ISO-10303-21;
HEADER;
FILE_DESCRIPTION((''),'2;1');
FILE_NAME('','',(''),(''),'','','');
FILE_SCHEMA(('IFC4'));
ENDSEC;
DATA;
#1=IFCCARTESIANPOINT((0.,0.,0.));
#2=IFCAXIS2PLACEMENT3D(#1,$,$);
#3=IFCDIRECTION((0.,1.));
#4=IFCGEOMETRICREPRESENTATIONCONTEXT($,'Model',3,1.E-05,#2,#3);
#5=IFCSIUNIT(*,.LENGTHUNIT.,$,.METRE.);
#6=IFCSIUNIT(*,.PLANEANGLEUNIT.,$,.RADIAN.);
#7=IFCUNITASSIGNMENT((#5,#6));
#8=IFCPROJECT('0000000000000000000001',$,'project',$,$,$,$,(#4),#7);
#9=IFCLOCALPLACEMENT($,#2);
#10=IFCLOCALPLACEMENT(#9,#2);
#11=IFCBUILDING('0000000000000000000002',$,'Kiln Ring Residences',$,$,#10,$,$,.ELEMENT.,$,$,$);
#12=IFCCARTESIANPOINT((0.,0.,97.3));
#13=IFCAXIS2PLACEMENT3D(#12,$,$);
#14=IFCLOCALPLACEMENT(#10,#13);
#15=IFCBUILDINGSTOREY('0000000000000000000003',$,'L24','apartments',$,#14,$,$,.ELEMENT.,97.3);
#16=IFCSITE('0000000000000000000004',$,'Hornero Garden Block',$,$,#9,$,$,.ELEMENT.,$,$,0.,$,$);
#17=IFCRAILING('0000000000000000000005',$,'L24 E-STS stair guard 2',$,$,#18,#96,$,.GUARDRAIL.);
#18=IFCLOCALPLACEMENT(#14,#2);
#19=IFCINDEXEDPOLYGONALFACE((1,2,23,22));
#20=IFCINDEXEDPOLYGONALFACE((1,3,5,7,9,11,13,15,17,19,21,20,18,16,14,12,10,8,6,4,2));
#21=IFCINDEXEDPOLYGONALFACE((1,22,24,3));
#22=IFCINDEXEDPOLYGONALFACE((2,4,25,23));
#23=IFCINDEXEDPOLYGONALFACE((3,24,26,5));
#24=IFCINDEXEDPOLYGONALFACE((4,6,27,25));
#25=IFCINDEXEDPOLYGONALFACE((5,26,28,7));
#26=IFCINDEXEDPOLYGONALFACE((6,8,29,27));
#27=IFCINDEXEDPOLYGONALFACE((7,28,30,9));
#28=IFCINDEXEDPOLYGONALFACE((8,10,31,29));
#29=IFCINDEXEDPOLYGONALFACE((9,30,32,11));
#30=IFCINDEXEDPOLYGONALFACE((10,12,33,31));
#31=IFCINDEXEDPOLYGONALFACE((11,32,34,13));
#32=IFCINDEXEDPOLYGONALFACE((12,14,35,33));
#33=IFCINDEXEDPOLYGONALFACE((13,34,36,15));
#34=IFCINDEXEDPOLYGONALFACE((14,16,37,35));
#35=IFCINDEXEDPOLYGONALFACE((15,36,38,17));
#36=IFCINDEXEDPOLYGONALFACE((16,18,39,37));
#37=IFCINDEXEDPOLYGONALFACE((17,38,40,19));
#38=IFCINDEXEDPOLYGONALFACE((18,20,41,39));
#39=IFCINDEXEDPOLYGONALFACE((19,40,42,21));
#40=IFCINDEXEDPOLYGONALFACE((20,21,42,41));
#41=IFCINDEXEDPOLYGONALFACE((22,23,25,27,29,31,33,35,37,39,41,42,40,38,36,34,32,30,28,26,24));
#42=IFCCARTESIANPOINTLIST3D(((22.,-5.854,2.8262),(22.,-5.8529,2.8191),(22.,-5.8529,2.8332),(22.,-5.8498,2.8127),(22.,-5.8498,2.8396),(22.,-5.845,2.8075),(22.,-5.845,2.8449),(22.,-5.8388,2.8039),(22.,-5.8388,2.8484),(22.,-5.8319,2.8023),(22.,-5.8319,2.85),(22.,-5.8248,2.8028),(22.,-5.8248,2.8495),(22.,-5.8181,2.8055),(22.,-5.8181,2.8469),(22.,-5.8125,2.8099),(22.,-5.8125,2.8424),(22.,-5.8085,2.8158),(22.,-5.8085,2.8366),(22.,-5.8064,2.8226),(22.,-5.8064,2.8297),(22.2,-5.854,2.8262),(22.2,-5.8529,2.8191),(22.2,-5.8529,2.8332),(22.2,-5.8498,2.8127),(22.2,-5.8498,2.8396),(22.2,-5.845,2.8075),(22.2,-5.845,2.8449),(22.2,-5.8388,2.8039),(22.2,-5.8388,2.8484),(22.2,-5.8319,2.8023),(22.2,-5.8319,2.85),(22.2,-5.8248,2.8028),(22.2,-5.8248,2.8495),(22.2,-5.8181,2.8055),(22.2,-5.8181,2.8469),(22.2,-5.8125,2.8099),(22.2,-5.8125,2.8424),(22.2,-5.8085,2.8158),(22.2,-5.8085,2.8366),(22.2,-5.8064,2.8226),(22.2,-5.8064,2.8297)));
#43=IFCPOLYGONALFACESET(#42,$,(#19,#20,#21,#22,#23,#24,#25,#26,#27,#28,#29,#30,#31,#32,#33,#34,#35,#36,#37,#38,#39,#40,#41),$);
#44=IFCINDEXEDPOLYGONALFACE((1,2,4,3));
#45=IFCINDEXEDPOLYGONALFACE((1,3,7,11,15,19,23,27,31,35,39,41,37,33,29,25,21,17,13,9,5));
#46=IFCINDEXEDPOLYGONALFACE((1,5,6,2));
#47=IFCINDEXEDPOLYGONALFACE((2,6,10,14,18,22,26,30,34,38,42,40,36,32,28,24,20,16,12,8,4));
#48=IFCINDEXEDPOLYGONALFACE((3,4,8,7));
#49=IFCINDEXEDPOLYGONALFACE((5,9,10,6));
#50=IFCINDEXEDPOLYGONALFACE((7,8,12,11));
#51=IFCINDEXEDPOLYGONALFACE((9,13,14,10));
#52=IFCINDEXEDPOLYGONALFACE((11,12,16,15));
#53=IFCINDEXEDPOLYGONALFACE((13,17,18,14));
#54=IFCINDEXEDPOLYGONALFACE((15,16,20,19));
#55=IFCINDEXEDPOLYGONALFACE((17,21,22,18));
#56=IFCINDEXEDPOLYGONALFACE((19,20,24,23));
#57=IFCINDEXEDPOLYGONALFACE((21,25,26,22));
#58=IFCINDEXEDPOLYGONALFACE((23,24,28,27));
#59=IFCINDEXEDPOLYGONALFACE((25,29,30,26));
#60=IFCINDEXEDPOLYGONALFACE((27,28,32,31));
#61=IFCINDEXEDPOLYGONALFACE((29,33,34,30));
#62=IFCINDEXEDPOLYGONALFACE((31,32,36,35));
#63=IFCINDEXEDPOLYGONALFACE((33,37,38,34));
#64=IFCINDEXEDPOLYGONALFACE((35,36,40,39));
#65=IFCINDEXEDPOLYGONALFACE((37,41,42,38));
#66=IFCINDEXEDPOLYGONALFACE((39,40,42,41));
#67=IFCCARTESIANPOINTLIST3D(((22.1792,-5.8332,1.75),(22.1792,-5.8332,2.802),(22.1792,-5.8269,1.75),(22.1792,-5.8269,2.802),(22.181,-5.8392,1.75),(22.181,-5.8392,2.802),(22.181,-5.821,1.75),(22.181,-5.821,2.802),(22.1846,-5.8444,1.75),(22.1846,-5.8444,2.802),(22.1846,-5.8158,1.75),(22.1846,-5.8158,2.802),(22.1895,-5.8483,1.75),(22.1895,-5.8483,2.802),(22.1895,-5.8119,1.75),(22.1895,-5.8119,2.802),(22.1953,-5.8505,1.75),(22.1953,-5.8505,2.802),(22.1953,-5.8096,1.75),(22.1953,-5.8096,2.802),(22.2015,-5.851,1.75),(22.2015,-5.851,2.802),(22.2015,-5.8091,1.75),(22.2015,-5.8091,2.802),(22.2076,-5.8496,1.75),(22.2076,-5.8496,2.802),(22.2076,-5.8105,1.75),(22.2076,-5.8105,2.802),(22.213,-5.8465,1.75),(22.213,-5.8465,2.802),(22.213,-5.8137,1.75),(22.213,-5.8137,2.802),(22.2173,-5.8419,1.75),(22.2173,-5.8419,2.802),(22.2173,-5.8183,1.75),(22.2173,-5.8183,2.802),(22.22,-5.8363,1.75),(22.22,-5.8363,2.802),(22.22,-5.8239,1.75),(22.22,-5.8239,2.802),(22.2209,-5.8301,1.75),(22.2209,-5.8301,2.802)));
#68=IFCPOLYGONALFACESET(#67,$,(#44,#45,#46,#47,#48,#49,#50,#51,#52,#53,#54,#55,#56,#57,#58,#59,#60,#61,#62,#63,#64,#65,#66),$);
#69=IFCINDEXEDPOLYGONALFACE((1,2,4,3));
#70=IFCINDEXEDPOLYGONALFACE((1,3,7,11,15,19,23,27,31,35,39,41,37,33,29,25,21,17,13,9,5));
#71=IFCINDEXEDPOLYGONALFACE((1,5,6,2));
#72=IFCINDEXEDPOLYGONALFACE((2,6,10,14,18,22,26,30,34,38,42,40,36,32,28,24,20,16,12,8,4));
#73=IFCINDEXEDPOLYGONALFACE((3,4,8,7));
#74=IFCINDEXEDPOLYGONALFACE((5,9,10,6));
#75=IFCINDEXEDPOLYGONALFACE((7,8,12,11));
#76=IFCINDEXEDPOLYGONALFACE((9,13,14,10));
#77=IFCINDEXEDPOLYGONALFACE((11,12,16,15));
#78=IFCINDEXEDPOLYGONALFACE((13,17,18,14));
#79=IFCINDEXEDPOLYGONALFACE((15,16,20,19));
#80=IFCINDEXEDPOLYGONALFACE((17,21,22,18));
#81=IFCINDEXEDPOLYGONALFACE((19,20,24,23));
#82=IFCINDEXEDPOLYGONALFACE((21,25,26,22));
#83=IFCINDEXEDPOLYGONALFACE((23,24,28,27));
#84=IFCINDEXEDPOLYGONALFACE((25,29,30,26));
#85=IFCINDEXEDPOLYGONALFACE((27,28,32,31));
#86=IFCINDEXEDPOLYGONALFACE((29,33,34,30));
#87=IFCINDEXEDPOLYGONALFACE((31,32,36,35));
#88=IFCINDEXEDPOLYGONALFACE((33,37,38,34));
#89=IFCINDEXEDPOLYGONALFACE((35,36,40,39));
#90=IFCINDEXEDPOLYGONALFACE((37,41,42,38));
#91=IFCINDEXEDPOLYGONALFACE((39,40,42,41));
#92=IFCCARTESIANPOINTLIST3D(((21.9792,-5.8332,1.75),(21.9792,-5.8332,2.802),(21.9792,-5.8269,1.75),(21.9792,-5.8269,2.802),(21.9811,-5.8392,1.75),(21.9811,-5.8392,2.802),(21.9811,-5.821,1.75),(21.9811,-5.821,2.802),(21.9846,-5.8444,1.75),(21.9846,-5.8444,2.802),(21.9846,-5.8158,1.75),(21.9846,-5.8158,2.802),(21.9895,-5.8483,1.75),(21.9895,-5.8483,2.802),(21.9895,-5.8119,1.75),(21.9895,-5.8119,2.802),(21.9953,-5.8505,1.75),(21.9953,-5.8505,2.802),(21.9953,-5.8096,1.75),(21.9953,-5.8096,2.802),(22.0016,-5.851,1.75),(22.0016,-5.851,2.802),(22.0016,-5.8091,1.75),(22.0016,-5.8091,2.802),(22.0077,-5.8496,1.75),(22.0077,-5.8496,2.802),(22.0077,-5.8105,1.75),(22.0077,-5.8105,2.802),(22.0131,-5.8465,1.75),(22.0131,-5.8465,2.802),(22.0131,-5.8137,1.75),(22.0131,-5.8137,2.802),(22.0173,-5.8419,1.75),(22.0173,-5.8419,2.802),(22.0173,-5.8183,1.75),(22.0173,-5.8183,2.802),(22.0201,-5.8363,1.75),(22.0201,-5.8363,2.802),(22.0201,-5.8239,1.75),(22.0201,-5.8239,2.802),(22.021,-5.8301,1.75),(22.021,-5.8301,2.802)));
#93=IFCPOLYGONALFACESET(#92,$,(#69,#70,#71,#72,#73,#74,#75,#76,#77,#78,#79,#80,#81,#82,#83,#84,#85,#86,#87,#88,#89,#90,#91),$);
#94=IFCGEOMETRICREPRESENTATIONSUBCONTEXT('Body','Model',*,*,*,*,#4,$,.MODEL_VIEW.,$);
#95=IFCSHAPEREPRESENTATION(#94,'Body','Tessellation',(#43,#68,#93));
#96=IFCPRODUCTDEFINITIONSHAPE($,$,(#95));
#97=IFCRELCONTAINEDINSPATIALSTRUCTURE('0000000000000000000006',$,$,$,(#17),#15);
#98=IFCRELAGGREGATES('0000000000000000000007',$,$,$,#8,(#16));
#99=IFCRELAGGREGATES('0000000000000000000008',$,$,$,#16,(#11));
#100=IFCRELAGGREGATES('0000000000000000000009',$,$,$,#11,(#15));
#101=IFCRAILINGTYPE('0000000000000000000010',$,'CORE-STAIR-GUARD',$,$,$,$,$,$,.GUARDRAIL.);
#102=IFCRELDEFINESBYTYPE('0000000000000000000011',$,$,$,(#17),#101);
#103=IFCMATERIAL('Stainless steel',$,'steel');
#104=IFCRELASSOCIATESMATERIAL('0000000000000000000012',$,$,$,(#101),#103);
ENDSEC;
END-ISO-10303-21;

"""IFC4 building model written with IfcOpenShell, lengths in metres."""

from ifc_helpers import new_model, si_unit, direction, frame, origin, origin_2d, place, context, subcontext, project, spatial, circle, extrude, material, type_object, element, save


model = new_model("IFC4")

# Units and contexts
model_context = context("Model", 3, precision=1e-05, world=origin(), true_north=direction((0.0, 1.0)))
body_context = subcontext(model_context, "Body", "Model", "MODEL_VIEW")
ifc_project = project(units=[si_unit("LENGTHUNIT", "METRE"), si_unit("PLANEANGLEUNIT", "RADIAN")], contexts=[model_context])

# Site, building, storey
site_placement = place(None, origin())
site = spatial("IfcSite", under=ifc_project, at=site_placement, Name="Hornero Garden Block", CompositionType="ELEMENT", RefElevation=0.0)
building_placement = place(site_placement, origin())
building = spatial("IfcBuilding", under=site, at=building_placement, Name="Kiln Ring Residences", CompositionType="ELEMENT")
storey_placement = place(building_placement, frame((0.0, 0.0, 97.3)))
storey = spatial("IfcBuildingStorey", under=building, at=storey_placement, Name="L24", Description="apartments", CompositionType="ELEMENT", Elevation=97.3)

# Railing
ifc_material_1 = material(Name="Stainless steel", Category="steel")
railing_type_1 = type_object("IfcRailingType", Name="CORE-STAIR-GUARD", PredefinedType="GUARDRAIL", material=ifc_material_1)
railing_1_placement = place(storey_placement, frame((22.2, -5.8301, 1.75)))
element("IfcRailing", 1, at=railing_1_placement, inside=storey, type_object=railing_type_1, Name="L24 E-STS stair guard 2", PredefinedType="GUARDRAIL", context=body_context, shape_type="SweptSolid", body=[
    extrude(circle(Radius=0.0239, at=origin_2d()), frame((0.0, 0.0, 1.0762), z_axis=(-1.0, 0.0, 0.0), x_axis=(0.0, -1.0, 0.0)), (0.0, 0.0, 1.0), 0.2),
    extrude(circle(Radius=0.021, at=origin_2d()), origin(), (0.0, 0.0, 1.0), 1.052),
    extrude(circle(Radius=0.021, at=origin_2d()), frame((-0.2, 0.0, 0.0)), (0.0, 0.0, 1.0), 1.052),
])

save(model, "model.ifc")
